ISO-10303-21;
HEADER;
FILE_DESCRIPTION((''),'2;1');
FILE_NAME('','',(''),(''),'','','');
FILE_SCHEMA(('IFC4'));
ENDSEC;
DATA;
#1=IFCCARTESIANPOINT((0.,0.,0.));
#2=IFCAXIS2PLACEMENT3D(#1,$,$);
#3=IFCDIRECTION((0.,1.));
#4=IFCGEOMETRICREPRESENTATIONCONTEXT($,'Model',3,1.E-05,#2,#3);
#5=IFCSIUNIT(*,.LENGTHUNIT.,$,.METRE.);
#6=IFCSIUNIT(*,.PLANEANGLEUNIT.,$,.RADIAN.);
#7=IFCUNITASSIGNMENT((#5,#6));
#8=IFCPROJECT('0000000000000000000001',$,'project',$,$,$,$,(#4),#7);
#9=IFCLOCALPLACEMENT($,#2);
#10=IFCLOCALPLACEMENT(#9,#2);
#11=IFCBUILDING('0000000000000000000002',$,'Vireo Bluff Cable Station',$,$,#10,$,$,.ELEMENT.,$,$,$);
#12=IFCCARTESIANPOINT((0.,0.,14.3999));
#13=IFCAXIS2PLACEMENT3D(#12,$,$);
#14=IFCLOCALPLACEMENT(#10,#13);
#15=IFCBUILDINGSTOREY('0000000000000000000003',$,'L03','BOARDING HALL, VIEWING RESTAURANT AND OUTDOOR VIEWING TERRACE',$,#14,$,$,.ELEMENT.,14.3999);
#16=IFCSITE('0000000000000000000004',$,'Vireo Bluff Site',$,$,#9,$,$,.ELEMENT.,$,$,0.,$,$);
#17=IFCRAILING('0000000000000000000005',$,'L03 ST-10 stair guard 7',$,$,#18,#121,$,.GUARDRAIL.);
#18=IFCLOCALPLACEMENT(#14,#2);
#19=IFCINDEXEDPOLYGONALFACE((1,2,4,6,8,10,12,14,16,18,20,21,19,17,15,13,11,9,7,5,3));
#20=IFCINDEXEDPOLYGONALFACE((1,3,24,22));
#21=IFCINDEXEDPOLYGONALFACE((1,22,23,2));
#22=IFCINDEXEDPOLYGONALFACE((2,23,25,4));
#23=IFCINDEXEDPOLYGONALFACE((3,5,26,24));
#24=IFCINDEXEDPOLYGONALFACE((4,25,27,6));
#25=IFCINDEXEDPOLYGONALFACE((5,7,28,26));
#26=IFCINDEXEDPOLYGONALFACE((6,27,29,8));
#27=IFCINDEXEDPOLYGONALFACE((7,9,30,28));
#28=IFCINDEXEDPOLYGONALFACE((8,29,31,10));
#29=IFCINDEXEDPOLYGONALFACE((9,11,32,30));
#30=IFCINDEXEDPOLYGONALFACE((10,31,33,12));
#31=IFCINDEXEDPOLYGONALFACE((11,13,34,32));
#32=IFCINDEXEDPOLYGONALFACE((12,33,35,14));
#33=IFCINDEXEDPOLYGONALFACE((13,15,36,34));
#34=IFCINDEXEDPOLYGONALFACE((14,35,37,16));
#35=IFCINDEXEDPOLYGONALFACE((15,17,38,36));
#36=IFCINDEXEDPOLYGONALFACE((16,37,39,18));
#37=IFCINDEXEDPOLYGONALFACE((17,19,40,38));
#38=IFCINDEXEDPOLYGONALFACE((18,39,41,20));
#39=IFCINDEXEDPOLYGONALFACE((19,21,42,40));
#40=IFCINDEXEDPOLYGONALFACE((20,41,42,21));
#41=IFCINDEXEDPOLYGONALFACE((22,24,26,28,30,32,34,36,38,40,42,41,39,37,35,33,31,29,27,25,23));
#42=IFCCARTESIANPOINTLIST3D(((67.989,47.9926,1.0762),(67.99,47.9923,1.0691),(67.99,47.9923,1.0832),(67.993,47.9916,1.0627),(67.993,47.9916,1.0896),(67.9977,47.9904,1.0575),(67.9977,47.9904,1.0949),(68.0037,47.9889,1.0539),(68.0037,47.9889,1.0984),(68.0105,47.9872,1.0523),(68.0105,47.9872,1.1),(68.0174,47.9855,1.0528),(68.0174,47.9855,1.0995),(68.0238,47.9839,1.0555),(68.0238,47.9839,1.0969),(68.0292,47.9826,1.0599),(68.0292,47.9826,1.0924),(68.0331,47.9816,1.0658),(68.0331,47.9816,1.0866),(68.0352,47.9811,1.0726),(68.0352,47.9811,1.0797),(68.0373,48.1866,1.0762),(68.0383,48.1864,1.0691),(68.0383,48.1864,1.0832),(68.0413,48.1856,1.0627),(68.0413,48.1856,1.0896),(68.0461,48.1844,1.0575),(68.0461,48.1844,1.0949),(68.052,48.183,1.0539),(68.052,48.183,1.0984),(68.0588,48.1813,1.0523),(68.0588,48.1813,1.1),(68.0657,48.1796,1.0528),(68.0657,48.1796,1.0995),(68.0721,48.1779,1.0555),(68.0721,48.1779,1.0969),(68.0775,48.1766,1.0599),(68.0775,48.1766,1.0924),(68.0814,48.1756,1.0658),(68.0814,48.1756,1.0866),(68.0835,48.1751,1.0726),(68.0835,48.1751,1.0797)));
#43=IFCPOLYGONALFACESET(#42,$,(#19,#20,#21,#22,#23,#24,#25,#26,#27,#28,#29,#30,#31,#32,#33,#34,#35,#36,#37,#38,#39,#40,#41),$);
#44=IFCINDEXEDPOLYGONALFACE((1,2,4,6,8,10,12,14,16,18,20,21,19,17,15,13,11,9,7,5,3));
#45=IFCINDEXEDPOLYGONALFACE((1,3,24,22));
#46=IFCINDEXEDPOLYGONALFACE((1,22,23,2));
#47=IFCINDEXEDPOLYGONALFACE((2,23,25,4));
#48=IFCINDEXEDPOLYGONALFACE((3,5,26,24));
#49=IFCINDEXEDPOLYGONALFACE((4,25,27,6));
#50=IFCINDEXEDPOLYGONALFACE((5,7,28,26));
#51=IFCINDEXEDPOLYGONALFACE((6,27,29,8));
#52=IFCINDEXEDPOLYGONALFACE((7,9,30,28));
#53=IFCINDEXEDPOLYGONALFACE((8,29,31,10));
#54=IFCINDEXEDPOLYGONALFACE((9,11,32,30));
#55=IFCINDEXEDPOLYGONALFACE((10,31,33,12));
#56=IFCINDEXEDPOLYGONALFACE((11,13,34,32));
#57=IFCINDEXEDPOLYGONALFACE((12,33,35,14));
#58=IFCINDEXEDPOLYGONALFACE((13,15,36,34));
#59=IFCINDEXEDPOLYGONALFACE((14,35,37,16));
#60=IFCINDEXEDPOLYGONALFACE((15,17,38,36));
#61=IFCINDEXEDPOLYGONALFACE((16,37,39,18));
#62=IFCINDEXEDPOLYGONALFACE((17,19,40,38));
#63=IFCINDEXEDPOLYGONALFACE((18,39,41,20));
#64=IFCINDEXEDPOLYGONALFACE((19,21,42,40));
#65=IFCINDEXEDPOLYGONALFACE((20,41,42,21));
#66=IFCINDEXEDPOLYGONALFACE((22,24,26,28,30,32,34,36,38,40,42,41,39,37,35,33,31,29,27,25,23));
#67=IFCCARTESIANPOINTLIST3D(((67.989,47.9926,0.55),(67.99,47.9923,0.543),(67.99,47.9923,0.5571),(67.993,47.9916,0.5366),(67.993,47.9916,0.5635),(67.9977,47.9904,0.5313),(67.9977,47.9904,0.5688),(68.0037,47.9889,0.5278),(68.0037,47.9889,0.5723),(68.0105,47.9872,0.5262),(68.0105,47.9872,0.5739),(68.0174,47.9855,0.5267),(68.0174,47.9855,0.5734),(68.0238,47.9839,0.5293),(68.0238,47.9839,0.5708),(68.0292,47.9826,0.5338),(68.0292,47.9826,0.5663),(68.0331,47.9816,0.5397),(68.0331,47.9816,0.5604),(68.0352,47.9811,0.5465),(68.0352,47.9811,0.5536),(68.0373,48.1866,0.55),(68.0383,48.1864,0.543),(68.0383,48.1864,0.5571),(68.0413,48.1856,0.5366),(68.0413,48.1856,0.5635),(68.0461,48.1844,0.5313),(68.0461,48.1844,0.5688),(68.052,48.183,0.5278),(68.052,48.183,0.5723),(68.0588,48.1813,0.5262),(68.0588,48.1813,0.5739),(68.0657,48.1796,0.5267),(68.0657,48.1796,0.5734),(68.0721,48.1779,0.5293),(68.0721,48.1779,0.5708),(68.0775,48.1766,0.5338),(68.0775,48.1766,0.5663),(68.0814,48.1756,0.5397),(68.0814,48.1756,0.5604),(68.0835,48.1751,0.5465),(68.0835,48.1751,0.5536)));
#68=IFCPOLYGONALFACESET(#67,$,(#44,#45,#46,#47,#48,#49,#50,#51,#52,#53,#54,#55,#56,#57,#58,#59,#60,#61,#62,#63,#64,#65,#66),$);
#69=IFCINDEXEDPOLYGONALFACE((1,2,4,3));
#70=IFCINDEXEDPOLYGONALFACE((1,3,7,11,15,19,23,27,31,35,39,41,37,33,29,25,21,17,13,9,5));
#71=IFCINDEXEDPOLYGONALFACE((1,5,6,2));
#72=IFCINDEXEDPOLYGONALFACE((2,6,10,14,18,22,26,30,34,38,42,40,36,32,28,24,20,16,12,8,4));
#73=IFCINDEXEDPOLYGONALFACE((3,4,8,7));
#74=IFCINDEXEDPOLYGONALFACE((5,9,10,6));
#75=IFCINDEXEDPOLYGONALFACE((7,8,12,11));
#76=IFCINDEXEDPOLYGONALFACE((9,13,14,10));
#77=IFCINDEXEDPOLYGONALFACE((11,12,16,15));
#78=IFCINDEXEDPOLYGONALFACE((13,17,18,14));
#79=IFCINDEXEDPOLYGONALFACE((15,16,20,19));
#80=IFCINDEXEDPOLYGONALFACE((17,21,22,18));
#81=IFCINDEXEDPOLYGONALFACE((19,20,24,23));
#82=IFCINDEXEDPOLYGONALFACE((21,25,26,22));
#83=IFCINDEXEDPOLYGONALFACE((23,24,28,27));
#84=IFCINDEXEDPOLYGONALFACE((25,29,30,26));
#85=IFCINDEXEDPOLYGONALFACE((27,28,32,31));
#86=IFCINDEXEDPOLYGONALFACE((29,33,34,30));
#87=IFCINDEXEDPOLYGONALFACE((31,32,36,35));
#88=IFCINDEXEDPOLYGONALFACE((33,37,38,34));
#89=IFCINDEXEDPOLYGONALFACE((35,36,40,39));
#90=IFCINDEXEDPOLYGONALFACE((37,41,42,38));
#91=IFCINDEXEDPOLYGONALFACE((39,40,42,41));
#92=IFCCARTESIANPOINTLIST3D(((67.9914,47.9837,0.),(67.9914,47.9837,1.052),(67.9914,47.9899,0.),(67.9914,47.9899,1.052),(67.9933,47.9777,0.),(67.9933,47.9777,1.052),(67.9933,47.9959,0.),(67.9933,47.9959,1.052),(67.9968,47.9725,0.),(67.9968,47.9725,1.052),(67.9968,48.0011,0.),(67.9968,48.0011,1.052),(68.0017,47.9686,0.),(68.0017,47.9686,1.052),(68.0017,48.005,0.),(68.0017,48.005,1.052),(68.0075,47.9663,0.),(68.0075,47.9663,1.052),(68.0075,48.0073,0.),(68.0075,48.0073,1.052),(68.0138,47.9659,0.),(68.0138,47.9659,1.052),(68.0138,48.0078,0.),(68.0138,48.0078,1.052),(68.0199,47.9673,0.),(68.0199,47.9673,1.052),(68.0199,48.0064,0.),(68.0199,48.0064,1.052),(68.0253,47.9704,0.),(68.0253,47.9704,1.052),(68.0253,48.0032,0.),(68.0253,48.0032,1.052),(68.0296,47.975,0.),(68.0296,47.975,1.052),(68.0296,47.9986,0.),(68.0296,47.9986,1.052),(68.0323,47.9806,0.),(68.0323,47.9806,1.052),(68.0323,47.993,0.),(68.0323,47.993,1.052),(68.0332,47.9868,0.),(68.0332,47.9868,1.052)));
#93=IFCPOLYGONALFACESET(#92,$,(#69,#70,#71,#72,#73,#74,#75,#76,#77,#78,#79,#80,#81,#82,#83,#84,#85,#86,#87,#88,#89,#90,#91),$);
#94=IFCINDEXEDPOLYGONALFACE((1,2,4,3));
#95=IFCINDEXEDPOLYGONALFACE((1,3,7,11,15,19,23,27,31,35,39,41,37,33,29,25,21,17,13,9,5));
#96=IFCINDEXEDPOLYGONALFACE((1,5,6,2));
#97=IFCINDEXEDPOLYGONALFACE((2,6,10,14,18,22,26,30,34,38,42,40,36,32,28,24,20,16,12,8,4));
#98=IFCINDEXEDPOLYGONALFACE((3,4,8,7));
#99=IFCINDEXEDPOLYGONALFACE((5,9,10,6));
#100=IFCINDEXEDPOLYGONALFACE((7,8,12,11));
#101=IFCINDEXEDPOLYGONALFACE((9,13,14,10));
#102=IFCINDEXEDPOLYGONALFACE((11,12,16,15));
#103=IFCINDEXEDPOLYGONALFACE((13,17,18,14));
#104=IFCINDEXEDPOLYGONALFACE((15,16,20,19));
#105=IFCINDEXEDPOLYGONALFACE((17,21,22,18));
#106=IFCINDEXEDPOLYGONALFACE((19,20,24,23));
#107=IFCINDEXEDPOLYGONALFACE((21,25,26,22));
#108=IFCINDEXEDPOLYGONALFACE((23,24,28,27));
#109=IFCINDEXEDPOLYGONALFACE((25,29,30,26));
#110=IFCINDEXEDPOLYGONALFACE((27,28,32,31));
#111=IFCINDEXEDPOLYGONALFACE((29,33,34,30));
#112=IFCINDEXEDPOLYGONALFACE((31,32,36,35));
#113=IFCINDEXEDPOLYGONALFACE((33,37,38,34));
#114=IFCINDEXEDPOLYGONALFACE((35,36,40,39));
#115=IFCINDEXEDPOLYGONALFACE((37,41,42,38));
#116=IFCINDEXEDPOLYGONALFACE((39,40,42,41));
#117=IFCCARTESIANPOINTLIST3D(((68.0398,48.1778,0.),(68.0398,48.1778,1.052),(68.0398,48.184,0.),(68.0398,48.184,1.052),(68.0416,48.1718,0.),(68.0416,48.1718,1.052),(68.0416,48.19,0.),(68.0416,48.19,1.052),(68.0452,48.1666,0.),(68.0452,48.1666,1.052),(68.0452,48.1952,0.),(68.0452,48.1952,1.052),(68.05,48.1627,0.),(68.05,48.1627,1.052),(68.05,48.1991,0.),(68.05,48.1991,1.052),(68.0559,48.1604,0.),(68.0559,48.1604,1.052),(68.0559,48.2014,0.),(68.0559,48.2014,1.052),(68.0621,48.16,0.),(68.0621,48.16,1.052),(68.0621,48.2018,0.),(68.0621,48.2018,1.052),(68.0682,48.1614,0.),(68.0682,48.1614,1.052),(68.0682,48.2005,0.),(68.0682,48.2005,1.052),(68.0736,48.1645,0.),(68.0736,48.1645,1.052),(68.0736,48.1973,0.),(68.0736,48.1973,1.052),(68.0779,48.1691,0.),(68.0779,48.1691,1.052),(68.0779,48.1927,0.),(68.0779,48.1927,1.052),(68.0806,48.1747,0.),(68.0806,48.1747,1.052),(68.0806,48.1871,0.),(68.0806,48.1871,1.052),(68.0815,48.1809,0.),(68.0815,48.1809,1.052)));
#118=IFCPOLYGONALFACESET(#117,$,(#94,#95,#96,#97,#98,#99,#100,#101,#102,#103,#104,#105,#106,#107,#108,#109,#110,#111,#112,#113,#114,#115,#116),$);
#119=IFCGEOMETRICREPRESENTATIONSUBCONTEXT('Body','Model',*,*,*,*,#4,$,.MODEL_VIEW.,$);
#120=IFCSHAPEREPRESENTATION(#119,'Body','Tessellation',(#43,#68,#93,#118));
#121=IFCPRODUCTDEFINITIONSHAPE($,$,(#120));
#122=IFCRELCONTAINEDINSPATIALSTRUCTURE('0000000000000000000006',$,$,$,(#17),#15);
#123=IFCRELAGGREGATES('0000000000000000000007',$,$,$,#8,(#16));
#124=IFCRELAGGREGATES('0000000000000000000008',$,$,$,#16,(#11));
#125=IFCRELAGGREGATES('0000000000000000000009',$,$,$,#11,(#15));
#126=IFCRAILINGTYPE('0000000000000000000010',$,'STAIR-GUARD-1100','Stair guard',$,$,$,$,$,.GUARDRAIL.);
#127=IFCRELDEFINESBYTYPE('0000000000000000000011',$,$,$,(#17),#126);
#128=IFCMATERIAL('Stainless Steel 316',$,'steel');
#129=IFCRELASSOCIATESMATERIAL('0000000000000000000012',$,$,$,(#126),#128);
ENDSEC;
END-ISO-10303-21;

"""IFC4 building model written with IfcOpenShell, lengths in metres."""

from ifc_helpers import new_model, si_unit, direction, frame, origin, origin_2d, place, context, subcontext, project, spatial, circle, extrude, material, type_object, element, save


model = new_model("IFC4")

# Units and contexts
model_context = context("Model", 3, precision=1e-05, world=origin(), true_north=direction((0.0, 1.0)))
body_context = subcontext(model_context, "Body", "Model", "MODEL_VIEW")
ifc_project = project(units=[si_unit("LENGTHUNIT", "METRE"), si_unit("PLANEANGLEUNIT", "RADIAN")], contexts=[model_context])

# Site, building, storey
site_placement = place(None, origin())
site = spatial("IfcSite", under=ifc_project, at=site_placement, Name="Vireo Bluff Site", CompositionType="ELEMENT", RefElevation=0.0)
building_placement = place(site_placement, origin())
building = spatial("IfcBuilding", under=site, at=building_placement, Name="Vireo Bluff Cable Station", CompositionType="ELEMENT")
storey_placement = place(building_placement, frame((0.0, 0.0, 14.3999)))
storey = spatial("IfcBuildingStorey", under=building, at=storey_placement, Name="L03", Description="BOARDING HALL, VIEWING RESTAURANT AND OUTDOOR VIEWING TERRACE", CompositionType="ELEMENT", Elevation=14.3999)

# Railing
ifc_material_1 = material(Name="Stainless Steel 316", Category="steel")
railing_type_1 = type_object("IfcRailingType", Name="STAIR-GUARD-1100", Description="Stair guard", PredefinedType="GUARDRAIL", material=ifc_material_1)
railing_1_placement = place(storey_placement, frame((68.0122, 47.9868, 0.0)))
element("IfcRailing", 1, at=railing_1_placement, inside=storey, type_object=railing_type_1, Name="L03 ST-10 stair guard 7", PredefinedType="GUARDRAIL", context=body_context, shape_type="SweptSolid", body=[
    extrude(circle(Radius=0.0239, at=origin_2d()), frame((0.0, 0.0, 1.0762), z_axis=(0.241674, 0.970358, 0.0), x_axis=(-0.970358, 0.241674, 0.0)), (0.0, 0.0, 1.0), 0.2),
    extrude(circle(Radius=0.0239, at=origin_2d()), frame((0.0, 0.0, 0.55), z_axis=(0.241674, 0.970358, 0.0), x_axis=(-0.970358, 0.241674, 0.0)), (0.0, 0.0, 1.0), 0.2),
    extrude(circle(Radius=0.021, at=origin_2d()), origin(), (0.0, 0.0, 1.0), 1.052),
    extrude(circle(Radius=0.021, at=origin_2d()), frame((0.0483, 0.1941, 0.0)), (0.0, 0.0, 1.0), 1.052),
])

save(model, "model.ifc")
